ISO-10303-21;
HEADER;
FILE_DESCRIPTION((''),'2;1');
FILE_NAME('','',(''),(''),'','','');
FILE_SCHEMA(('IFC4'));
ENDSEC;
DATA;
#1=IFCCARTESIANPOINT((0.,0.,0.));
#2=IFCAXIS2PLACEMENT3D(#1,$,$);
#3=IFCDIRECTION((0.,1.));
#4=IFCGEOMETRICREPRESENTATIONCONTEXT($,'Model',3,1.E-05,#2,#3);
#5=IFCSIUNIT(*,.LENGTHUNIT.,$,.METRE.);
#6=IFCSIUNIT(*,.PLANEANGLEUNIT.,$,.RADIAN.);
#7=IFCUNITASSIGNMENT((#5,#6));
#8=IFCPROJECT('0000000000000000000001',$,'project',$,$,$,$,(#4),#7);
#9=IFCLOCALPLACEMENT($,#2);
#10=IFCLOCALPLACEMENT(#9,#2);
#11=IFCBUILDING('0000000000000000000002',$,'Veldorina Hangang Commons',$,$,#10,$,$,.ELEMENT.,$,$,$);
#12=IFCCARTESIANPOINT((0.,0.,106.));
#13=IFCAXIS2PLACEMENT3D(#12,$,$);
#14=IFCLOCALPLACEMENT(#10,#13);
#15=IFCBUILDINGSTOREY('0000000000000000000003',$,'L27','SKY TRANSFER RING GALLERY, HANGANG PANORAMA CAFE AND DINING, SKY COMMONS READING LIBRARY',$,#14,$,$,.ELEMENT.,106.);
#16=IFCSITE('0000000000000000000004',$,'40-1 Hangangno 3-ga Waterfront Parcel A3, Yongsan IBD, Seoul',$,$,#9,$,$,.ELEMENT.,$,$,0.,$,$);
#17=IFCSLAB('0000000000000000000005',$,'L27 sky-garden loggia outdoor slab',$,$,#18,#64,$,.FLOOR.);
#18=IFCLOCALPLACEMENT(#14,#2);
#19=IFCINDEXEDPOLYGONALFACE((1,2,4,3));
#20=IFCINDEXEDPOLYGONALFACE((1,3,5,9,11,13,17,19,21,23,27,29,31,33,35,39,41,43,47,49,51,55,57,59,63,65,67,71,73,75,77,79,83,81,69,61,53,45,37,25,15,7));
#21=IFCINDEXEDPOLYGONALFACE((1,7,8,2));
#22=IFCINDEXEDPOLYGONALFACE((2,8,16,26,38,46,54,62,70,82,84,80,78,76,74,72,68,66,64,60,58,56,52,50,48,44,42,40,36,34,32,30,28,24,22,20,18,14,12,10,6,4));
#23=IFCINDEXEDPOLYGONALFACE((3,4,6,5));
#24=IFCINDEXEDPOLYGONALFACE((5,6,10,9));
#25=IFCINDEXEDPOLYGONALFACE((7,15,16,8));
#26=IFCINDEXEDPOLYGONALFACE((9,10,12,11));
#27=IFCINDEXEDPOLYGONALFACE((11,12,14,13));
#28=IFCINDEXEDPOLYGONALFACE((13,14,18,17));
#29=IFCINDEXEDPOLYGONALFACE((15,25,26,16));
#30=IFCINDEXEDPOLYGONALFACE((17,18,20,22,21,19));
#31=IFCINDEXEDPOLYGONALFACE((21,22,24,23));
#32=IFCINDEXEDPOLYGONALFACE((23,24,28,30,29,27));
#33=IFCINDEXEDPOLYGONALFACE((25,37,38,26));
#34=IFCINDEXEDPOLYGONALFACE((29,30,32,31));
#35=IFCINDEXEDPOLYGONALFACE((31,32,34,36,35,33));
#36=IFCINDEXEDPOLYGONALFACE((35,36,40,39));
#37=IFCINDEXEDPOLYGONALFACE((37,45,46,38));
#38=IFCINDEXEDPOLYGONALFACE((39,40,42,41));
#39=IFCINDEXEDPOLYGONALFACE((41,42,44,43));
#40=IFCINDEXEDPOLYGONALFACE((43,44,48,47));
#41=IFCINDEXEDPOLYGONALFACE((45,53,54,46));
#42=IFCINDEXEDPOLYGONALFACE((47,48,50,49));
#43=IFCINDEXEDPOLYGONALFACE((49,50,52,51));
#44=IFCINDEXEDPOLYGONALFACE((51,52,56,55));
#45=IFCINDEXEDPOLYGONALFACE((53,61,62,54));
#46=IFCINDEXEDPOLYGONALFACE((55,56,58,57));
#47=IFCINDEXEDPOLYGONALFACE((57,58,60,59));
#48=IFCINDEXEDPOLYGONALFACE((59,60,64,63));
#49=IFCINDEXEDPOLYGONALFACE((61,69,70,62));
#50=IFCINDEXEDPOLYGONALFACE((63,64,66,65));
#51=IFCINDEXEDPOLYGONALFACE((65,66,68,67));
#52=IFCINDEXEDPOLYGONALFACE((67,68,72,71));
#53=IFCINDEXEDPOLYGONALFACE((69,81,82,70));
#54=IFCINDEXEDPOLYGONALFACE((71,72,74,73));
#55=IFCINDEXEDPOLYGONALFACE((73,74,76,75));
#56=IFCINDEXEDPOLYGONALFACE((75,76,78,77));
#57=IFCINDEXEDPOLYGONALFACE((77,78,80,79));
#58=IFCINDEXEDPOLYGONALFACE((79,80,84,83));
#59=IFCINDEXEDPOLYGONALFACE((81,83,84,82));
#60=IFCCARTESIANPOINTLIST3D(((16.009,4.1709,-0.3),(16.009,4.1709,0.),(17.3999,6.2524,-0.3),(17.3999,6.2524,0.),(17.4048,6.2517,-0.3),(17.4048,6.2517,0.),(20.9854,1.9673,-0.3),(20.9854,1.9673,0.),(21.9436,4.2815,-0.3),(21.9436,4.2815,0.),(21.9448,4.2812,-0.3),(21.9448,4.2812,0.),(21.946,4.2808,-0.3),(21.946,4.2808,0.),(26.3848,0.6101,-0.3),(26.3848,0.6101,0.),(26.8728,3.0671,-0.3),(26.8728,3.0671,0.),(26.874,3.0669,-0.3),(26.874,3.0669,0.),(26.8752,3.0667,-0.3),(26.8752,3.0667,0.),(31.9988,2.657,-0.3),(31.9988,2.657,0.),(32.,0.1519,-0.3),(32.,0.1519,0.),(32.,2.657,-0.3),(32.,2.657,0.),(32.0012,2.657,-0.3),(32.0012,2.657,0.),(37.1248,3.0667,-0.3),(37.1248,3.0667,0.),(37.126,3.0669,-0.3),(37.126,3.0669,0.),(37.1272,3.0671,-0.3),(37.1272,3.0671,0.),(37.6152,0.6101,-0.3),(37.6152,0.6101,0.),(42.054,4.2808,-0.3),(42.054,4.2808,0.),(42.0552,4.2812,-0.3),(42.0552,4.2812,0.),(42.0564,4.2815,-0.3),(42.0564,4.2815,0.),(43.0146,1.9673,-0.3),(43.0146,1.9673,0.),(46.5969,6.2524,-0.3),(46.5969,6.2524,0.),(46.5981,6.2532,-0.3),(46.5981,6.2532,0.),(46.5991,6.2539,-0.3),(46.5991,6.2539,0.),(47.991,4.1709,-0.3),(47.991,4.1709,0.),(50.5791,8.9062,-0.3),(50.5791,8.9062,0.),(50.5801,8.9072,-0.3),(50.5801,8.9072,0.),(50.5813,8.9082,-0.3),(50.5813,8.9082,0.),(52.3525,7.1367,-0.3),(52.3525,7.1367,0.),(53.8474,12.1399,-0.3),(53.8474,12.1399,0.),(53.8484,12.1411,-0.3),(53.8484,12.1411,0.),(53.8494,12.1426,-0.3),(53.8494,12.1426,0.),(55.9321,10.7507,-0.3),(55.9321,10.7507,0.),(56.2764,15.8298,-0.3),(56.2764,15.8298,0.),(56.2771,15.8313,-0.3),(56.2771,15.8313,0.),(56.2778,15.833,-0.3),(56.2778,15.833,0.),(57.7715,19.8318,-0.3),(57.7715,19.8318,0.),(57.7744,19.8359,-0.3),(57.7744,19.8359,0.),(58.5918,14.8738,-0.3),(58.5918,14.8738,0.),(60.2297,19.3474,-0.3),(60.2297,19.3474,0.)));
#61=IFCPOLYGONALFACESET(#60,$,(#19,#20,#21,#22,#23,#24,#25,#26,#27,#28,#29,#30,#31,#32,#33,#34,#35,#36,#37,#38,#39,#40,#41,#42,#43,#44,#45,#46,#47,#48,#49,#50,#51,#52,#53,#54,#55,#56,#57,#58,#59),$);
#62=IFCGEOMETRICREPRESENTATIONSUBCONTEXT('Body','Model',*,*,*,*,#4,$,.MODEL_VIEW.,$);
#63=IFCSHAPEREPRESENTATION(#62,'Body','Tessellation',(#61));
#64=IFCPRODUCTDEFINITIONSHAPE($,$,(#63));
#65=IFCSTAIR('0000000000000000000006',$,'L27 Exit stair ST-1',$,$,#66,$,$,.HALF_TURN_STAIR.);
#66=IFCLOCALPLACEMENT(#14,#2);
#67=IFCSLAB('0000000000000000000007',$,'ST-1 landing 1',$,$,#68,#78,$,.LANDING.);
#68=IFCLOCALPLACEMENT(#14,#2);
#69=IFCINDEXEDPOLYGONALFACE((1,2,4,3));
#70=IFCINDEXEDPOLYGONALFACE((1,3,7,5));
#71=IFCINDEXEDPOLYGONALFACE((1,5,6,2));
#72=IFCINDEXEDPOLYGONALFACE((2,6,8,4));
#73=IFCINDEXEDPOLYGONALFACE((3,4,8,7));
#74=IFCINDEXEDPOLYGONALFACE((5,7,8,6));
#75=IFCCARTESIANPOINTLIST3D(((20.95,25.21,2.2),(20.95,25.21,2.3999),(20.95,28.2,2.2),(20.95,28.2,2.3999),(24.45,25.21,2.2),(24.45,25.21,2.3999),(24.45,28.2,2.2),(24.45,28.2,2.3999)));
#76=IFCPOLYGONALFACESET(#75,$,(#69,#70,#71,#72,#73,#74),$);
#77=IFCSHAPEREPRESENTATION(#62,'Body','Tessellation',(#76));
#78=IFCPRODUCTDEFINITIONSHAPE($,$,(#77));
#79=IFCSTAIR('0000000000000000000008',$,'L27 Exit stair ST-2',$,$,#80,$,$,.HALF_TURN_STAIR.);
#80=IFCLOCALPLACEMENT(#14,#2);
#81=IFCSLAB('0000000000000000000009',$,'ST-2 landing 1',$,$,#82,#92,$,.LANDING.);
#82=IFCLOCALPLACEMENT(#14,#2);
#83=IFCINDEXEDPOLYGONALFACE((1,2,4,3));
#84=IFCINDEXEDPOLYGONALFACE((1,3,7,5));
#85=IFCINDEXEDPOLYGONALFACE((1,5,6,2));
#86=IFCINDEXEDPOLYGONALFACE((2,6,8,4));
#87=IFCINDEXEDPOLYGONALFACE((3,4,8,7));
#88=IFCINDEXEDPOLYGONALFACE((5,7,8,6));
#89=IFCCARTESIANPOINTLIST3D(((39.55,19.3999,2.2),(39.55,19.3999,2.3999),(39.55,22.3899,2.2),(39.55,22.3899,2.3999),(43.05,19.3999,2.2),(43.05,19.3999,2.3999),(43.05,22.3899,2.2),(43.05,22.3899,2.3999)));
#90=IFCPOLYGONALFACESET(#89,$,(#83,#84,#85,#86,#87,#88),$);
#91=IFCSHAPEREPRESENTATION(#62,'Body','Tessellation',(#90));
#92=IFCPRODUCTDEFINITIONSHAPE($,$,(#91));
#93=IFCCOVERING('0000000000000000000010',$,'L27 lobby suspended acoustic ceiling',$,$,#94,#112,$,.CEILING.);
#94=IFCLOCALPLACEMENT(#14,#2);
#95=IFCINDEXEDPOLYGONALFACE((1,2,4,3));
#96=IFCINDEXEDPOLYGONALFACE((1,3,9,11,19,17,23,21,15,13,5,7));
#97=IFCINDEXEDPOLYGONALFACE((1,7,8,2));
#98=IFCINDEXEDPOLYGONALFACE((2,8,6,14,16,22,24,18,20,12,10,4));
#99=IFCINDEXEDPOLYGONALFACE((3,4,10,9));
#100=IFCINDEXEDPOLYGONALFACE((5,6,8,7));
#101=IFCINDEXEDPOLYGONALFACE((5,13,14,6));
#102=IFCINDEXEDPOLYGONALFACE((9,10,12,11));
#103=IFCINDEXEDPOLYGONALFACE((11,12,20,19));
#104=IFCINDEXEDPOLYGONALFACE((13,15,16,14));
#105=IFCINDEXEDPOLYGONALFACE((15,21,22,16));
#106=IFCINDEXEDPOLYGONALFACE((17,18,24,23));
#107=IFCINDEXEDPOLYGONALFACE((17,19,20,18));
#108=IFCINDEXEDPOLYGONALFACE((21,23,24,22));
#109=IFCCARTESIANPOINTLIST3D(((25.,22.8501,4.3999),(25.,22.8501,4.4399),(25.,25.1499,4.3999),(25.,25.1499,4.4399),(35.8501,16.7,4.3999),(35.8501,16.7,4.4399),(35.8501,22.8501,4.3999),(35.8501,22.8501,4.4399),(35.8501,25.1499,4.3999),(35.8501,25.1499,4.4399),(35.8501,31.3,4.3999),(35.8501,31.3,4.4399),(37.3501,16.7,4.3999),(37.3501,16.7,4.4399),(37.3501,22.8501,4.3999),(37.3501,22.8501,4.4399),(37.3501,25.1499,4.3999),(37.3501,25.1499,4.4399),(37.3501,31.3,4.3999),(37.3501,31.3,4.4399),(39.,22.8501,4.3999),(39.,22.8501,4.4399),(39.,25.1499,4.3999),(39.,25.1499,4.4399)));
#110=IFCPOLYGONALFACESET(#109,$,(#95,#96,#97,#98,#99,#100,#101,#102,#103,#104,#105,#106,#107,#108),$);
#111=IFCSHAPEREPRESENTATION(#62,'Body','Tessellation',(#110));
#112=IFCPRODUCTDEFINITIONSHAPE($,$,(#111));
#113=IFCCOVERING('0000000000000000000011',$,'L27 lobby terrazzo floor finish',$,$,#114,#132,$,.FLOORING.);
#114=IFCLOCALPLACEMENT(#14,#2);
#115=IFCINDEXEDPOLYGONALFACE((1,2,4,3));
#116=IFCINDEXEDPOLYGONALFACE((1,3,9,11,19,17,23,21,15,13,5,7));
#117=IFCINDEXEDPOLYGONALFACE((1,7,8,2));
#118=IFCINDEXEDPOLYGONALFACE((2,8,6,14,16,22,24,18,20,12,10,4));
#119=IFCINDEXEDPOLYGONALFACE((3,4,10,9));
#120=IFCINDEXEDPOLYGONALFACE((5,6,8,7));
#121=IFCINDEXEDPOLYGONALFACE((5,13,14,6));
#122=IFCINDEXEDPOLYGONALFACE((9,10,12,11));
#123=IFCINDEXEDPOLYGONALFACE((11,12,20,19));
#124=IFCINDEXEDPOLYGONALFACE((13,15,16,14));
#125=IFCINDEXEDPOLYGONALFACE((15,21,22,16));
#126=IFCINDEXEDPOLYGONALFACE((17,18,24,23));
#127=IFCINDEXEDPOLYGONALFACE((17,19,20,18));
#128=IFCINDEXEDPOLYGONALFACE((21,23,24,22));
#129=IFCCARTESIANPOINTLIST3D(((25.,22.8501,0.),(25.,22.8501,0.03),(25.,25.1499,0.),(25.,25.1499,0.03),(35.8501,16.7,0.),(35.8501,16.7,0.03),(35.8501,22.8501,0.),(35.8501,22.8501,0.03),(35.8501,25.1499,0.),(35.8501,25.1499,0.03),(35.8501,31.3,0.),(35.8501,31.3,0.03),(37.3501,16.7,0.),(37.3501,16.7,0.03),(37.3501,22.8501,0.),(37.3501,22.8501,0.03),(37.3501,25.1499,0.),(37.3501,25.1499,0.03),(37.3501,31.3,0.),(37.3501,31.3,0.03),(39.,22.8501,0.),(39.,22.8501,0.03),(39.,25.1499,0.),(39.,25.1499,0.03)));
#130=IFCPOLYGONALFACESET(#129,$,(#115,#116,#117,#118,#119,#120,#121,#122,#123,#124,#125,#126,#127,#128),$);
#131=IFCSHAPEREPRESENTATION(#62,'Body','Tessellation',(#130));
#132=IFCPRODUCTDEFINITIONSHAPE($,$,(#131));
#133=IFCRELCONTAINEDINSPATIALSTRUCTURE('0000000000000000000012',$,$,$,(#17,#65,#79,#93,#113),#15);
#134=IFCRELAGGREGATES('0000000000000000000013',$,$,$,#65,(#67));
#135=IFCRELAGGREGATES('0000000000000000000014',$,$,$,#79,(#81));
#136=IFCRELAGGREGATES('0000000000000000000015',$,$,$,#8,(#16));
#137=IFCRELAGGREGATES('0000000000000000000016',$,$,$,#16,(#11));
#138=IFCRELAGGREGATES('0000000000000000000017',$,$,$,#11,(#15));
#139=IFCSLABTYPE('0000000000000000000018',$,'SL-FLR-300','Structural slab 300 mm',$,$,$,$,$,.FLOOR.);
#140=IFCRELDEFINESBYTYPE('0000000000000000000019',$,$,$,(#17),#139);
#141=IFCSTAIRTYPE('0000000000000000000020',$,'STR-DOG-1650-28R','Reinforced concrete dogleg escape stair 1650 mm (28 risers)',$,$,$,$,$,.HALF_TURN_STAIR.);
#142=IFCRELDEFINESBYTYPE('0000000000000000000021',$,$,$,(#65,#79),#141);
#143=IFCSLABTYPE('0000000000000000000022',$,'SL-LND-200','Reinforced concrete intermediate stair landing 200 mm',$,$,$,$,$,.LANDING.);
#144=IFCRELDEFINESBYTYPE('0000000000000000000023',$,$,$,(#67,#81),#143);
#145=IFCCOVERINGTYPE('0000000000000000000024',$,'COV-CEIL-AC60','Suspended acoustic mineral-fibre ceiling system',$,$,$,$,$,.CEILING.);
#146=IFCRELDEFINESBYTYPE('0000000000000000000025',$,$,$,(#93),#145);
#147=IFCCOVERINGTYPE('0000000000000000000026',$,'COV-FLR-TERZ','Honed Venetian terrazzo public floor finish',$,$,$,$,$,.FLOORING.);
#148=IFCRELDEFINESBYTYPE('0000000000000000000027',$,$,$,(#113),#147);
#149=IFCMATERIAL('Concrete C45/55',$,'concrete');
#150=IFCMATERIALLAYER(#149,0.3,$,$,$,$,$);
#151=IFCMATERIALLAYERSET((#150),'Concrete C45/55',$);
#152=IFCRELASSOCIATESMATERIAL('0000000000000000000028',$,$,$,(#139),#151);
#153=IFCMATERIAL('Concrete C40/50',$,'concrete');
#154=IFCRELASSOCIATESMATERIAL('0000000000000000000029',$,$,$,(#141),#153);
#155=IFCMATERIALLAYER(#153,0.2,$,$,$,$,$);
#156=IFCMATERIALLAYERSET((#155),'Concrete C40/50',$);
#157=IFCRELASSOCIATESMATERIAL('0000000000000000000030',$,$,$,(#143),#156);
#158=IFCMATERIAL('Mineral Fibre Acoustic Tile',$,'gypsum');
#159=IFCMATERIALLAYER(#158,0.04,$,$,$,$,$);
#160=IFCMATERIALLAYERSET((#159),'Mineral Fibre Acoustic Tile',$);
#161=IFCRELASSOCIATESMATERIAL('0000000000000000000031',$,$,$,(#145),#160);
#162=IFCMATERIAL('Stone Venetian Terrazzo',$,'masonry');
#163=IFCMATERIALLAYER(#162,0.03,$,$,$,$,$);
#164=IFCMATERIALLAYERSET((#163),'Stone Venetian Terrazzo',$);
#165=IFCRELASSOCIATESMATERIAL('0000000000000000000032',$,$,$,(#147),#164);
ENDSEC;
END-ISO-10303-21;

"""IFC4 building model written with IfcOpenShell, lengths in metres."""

from ifc_helpers import new_model, si_unit, direction, frame, origin, place, context, subcontext, project, spatial, polyline, outline, extrude, material, layer, layer_set, type_object, element, aggregate, save


model = new_model("IFC4")

# Units and contexts
model_context = context("Model", 3, precision=1e-05, world=origin(), true_north=direction((0.0, 1.0)))
body_context = subcontext(model_context, "Body", "Model", "MODEL_VIEW")
ifc_project = project(units=[si_unit("LENGTHUNIT", "METRE"), si_unit("PLANEANGLEUNIT", "RADIAN")], contexts=[model_context])

# Site, building, storey
site_placement = place(None, origin())
site = spatial("IfcSite", under=ifc_project, at=site_placement, Name="40-1 Hangangno 3-ga Waterfront Parcel A3, Yongsan IBD, Seoul", CompositionType="ELEMENT", RefElevation=0.0)
building_placement = place(site_placement, origin())
building = spatial("IfcBuilding", under=site, at=building_placement, Name="Veldorina Hangang Commons", CompositionType="ELEMENT")
storey_placement = place(building_placement, frame((0.0, 0.0, 106.0)))
storey = spatial("IfcBuildingStorey", under=building, at=storey_placement, Name="L27", Description="SKY TRANSFER RING GALLERY, HANGANG PANORAMA CAFE AND DINING, SKY COMMONS READING LIBRARY", CompositionType="ELEMENT", Elevation=106.0)

# Slab
ifc_material_1 = material(Name="Concrete C45/55", Category="concrete")
ifc_layer_1 = layer(ifc_material_1, 0.3)
ifc_layer_set_1 = layer_set([ifc_layer_1], Name="Concrete C45/55")
slab_type_1 = type_object("IfcSlabType", Name="SL-FLR-300", Description="Structural slab 300 mm", PredefinedType="FLOOR", material=ifc_layer_set_1)
slab_1_placement = place(storey_placement, frame((0.0, 0.0, -0.3)))
element("IfcSlab", 1, at=slab_1_placement, inside=storey, type_object=slab_type_1, Name="L27 sky-garden loggia outdoor slab", PredefinedType="FLOOR", context=body_context, shape_type="SweptSolid", body=[
    extrude(outline(polyline([(60.2297, 19.3474), (58.5918, 14.8738), (55.9321, 10.7507), (52.3525, 7.1367), (47.991, 4.1709), (43.0146, 1.9673), (37.6152, 0.6101), (32.0, 0.1519), (26.3848, 0.6101), (20.9854, 1.9673), (16.009, 4.1709), (17.3999, 6.2524), (17.4048, 6.2517), (21.9436, 4.2815), (21.9448, 4.2812), (21.946, 4.2808), (26.8728, 3.0671), (26.874, 3.0669), (26.8752, 3.0667), (31.9988, 2.657), (32.0, 2.657), (32.0012, 2.657), (37.1248, 3.0667), (37.126, 3.0669), (37.1272, 3.0671), (42.054, 4.2808), (42.0552, 4.2812), (42.0564, 4.2815), (46.5969, 6.2524), (46.5981, 6.2532), (46.5991, 6.2539), (50.5791, 8.9062), (50.5801, 8.9072), (50.5813, 8.9082), (53.8474, 12.1399), (53.8484, 12.1411), (53.8494, 12.1426), (56.2764, 15.8298), (56.2771, 15.8313), (56.2778, 15.833), (57.7715, 19.8318), (57.7744, 19.8359), (60.2297, 19.3474)])), origin(), (0.0, 0.0, 1.0), 0.3),
])

# Stairs, slabs
ifc_material_2 = material(Name="Concrete C40/50", Category="concrete")
stair_type = type_object("IfcStairType", Name="STR-DOG-1650-28R", Description="Reinforced concrete dogleg escape stair 1650 mm (28 risers)", PredefinedType="HALF_TURN_STAIR", material=ifc_material_2)
stair_1_placement = place(storey_placement, origin())
stair_1 = element("IfcStair", 2, at=stair_1_placement, inside=storey, type_object=stair_type, Name="L27 Exit stair ST-1", PredefinedType="HALF_TURN_STAIR")
ifc_layer_2 = layer(ifc_material_2, 0.2)
ifc_layer_set_2 = layer_set([ifc_layer_2], Name="Concrete C40/50")
slab_type_2 = type_object("IfcSlabType", Name="SL-LND-200", Description="Reinforced concrete intermediate stair landing 200 mm", PredefinedType="LANDING", material=ifc_layer_set_2)
slab_2_placement = place(storey_placement, frame((0.0, 0.0, 2.2)))
slab_2 = element("IfcSlab", 3, at=slab_2_placement, type_object=slab_type_2, Name="ST-1 landing 1", PredefinedType="LANDING", context=body_context, shape_type="SweptSolid", body=[
    extrude(outline(polyline([(24.45, 25.21), (24.45, 28.2), (20.95, 28.2), (20.95, 25.21), (24.45, 25.21)])), origin(), (0.0, 0.0, 1.0), 0.2),
])
aggregate(stair_1, [slab_2])
stair_2_placement = place(storey_placement, origin())
stair_2 = element("IfcStair", 4, at=stair_2_placement, inside=storey, type_object=stair_type, Name="L27 Exit stair ST-2", PredefinedType="HALF_TURN_STAIR")
slab_3_placement = place(storey_placement, frame((0.0, 0.0, 2.2)))
slab_3 = element("IfcSlab", 5, at=slab_3_placement, type_object=slab_type_2, Name="ST-2 landing 1", PredefinedType="LANDING", context=body_context, shape_type="SweptSolid", body=[
    extrude(outline(polyline([(39.55, 22.3899), (39.55, 19.3999), (43.05, 19.3999), (43.05, 22.3899), (39.55, 22.3899)])), origin(), (0.0, 0.0, 1.0), 0.2),
])
aggregate(stair_2, [slab_3])

# Coverings
ifc_material_3 = material(Name="Mineral Fibre Acoustic Tile", Category="gypsum")
ifc_layer_3 = layer(ifc_material_3, 0.04)
ifc_layer_set_3 = layer_set([ifc_layer_3], Name="Mineral Fibre Acoustic Tile")
covering_type_1 = type_object("IfcCoveringType", Name="COV-CEIL-AC60", Description="Suspended acoustic mineral-fibre ceiling system", PredefinedType="CEILING", material=ifc_layer_set_3)
covering_1_placement = place(storey_placement, frame((0.0, 0.0, 4.3999)))
element("IfcCovering", 6, at=covering_1_placement, inside=storey, type_object=covering_type_1, Name="L27 lobby suspended acoustic ceiling", PredefinedType="CEILING", context=body_context, shape_type="SweptSolid", body=[
    extrude(outline(polyline([(25.0, 22.8501), (35.8501, 22.8501), (35.8501, 16.7), (37.3501, 16.7), (37.3501, 22.8501), (39.0, 22.8501), (39.0, 25.1499), (37.3501, 25.1499), (37.3501, 31.3), (35.8501, 31.3), (35.8501, 25.1499), (25.0, 25.1499), (25.0, 22.8501)])), origin(), (0.0, 0.0, 1.0), 0.04),
])
ifc_material_4 = material(Name="Stone Venetian Terrazzo", Category="masonry")
ifc_layer_4 = layer(ifc_material_4, 0.03)
ifc_layer_set_4 = layer_set([ifc_layer_4], Name="Stone Venetian Terrazzo")
covering_type_2 = type_object("IfcCoveringType", Name="COV-FLR-TERZ", Description="Honed Venetian terrazzo public floor finish", PredefinedType="FLOORING", material=ifc_layer_set_4)
covering_2_placement = place(storey_placement, origin())
element("IfcCovering", 7, at=covering_2_placement, inside=storey, type_object=covering_type_2, Name="L27 lobby terrazzo floor finish", PredefinedType="FLOORING", context=body_context, shape_type="SweptSolid", body=[
    extrude(outline(polyline([(25.0, 22.8501), (35.8501, 22.8501), (35.8501, 16.7), (37.3501, 16.7), (37.3501, 22.8501), (39.0, 22.8501), (39.0, 25.1499), (37.3501, 25.1499), (37.3501, 31.3), (35.8501, 31.3), (35.8501, 25.1499), (25.0, 25.1499), (25.0, 22.8501)])), origin(), (0.0, 0.0, 1.0), 0.03),
])

save(model, "model.ifc")
